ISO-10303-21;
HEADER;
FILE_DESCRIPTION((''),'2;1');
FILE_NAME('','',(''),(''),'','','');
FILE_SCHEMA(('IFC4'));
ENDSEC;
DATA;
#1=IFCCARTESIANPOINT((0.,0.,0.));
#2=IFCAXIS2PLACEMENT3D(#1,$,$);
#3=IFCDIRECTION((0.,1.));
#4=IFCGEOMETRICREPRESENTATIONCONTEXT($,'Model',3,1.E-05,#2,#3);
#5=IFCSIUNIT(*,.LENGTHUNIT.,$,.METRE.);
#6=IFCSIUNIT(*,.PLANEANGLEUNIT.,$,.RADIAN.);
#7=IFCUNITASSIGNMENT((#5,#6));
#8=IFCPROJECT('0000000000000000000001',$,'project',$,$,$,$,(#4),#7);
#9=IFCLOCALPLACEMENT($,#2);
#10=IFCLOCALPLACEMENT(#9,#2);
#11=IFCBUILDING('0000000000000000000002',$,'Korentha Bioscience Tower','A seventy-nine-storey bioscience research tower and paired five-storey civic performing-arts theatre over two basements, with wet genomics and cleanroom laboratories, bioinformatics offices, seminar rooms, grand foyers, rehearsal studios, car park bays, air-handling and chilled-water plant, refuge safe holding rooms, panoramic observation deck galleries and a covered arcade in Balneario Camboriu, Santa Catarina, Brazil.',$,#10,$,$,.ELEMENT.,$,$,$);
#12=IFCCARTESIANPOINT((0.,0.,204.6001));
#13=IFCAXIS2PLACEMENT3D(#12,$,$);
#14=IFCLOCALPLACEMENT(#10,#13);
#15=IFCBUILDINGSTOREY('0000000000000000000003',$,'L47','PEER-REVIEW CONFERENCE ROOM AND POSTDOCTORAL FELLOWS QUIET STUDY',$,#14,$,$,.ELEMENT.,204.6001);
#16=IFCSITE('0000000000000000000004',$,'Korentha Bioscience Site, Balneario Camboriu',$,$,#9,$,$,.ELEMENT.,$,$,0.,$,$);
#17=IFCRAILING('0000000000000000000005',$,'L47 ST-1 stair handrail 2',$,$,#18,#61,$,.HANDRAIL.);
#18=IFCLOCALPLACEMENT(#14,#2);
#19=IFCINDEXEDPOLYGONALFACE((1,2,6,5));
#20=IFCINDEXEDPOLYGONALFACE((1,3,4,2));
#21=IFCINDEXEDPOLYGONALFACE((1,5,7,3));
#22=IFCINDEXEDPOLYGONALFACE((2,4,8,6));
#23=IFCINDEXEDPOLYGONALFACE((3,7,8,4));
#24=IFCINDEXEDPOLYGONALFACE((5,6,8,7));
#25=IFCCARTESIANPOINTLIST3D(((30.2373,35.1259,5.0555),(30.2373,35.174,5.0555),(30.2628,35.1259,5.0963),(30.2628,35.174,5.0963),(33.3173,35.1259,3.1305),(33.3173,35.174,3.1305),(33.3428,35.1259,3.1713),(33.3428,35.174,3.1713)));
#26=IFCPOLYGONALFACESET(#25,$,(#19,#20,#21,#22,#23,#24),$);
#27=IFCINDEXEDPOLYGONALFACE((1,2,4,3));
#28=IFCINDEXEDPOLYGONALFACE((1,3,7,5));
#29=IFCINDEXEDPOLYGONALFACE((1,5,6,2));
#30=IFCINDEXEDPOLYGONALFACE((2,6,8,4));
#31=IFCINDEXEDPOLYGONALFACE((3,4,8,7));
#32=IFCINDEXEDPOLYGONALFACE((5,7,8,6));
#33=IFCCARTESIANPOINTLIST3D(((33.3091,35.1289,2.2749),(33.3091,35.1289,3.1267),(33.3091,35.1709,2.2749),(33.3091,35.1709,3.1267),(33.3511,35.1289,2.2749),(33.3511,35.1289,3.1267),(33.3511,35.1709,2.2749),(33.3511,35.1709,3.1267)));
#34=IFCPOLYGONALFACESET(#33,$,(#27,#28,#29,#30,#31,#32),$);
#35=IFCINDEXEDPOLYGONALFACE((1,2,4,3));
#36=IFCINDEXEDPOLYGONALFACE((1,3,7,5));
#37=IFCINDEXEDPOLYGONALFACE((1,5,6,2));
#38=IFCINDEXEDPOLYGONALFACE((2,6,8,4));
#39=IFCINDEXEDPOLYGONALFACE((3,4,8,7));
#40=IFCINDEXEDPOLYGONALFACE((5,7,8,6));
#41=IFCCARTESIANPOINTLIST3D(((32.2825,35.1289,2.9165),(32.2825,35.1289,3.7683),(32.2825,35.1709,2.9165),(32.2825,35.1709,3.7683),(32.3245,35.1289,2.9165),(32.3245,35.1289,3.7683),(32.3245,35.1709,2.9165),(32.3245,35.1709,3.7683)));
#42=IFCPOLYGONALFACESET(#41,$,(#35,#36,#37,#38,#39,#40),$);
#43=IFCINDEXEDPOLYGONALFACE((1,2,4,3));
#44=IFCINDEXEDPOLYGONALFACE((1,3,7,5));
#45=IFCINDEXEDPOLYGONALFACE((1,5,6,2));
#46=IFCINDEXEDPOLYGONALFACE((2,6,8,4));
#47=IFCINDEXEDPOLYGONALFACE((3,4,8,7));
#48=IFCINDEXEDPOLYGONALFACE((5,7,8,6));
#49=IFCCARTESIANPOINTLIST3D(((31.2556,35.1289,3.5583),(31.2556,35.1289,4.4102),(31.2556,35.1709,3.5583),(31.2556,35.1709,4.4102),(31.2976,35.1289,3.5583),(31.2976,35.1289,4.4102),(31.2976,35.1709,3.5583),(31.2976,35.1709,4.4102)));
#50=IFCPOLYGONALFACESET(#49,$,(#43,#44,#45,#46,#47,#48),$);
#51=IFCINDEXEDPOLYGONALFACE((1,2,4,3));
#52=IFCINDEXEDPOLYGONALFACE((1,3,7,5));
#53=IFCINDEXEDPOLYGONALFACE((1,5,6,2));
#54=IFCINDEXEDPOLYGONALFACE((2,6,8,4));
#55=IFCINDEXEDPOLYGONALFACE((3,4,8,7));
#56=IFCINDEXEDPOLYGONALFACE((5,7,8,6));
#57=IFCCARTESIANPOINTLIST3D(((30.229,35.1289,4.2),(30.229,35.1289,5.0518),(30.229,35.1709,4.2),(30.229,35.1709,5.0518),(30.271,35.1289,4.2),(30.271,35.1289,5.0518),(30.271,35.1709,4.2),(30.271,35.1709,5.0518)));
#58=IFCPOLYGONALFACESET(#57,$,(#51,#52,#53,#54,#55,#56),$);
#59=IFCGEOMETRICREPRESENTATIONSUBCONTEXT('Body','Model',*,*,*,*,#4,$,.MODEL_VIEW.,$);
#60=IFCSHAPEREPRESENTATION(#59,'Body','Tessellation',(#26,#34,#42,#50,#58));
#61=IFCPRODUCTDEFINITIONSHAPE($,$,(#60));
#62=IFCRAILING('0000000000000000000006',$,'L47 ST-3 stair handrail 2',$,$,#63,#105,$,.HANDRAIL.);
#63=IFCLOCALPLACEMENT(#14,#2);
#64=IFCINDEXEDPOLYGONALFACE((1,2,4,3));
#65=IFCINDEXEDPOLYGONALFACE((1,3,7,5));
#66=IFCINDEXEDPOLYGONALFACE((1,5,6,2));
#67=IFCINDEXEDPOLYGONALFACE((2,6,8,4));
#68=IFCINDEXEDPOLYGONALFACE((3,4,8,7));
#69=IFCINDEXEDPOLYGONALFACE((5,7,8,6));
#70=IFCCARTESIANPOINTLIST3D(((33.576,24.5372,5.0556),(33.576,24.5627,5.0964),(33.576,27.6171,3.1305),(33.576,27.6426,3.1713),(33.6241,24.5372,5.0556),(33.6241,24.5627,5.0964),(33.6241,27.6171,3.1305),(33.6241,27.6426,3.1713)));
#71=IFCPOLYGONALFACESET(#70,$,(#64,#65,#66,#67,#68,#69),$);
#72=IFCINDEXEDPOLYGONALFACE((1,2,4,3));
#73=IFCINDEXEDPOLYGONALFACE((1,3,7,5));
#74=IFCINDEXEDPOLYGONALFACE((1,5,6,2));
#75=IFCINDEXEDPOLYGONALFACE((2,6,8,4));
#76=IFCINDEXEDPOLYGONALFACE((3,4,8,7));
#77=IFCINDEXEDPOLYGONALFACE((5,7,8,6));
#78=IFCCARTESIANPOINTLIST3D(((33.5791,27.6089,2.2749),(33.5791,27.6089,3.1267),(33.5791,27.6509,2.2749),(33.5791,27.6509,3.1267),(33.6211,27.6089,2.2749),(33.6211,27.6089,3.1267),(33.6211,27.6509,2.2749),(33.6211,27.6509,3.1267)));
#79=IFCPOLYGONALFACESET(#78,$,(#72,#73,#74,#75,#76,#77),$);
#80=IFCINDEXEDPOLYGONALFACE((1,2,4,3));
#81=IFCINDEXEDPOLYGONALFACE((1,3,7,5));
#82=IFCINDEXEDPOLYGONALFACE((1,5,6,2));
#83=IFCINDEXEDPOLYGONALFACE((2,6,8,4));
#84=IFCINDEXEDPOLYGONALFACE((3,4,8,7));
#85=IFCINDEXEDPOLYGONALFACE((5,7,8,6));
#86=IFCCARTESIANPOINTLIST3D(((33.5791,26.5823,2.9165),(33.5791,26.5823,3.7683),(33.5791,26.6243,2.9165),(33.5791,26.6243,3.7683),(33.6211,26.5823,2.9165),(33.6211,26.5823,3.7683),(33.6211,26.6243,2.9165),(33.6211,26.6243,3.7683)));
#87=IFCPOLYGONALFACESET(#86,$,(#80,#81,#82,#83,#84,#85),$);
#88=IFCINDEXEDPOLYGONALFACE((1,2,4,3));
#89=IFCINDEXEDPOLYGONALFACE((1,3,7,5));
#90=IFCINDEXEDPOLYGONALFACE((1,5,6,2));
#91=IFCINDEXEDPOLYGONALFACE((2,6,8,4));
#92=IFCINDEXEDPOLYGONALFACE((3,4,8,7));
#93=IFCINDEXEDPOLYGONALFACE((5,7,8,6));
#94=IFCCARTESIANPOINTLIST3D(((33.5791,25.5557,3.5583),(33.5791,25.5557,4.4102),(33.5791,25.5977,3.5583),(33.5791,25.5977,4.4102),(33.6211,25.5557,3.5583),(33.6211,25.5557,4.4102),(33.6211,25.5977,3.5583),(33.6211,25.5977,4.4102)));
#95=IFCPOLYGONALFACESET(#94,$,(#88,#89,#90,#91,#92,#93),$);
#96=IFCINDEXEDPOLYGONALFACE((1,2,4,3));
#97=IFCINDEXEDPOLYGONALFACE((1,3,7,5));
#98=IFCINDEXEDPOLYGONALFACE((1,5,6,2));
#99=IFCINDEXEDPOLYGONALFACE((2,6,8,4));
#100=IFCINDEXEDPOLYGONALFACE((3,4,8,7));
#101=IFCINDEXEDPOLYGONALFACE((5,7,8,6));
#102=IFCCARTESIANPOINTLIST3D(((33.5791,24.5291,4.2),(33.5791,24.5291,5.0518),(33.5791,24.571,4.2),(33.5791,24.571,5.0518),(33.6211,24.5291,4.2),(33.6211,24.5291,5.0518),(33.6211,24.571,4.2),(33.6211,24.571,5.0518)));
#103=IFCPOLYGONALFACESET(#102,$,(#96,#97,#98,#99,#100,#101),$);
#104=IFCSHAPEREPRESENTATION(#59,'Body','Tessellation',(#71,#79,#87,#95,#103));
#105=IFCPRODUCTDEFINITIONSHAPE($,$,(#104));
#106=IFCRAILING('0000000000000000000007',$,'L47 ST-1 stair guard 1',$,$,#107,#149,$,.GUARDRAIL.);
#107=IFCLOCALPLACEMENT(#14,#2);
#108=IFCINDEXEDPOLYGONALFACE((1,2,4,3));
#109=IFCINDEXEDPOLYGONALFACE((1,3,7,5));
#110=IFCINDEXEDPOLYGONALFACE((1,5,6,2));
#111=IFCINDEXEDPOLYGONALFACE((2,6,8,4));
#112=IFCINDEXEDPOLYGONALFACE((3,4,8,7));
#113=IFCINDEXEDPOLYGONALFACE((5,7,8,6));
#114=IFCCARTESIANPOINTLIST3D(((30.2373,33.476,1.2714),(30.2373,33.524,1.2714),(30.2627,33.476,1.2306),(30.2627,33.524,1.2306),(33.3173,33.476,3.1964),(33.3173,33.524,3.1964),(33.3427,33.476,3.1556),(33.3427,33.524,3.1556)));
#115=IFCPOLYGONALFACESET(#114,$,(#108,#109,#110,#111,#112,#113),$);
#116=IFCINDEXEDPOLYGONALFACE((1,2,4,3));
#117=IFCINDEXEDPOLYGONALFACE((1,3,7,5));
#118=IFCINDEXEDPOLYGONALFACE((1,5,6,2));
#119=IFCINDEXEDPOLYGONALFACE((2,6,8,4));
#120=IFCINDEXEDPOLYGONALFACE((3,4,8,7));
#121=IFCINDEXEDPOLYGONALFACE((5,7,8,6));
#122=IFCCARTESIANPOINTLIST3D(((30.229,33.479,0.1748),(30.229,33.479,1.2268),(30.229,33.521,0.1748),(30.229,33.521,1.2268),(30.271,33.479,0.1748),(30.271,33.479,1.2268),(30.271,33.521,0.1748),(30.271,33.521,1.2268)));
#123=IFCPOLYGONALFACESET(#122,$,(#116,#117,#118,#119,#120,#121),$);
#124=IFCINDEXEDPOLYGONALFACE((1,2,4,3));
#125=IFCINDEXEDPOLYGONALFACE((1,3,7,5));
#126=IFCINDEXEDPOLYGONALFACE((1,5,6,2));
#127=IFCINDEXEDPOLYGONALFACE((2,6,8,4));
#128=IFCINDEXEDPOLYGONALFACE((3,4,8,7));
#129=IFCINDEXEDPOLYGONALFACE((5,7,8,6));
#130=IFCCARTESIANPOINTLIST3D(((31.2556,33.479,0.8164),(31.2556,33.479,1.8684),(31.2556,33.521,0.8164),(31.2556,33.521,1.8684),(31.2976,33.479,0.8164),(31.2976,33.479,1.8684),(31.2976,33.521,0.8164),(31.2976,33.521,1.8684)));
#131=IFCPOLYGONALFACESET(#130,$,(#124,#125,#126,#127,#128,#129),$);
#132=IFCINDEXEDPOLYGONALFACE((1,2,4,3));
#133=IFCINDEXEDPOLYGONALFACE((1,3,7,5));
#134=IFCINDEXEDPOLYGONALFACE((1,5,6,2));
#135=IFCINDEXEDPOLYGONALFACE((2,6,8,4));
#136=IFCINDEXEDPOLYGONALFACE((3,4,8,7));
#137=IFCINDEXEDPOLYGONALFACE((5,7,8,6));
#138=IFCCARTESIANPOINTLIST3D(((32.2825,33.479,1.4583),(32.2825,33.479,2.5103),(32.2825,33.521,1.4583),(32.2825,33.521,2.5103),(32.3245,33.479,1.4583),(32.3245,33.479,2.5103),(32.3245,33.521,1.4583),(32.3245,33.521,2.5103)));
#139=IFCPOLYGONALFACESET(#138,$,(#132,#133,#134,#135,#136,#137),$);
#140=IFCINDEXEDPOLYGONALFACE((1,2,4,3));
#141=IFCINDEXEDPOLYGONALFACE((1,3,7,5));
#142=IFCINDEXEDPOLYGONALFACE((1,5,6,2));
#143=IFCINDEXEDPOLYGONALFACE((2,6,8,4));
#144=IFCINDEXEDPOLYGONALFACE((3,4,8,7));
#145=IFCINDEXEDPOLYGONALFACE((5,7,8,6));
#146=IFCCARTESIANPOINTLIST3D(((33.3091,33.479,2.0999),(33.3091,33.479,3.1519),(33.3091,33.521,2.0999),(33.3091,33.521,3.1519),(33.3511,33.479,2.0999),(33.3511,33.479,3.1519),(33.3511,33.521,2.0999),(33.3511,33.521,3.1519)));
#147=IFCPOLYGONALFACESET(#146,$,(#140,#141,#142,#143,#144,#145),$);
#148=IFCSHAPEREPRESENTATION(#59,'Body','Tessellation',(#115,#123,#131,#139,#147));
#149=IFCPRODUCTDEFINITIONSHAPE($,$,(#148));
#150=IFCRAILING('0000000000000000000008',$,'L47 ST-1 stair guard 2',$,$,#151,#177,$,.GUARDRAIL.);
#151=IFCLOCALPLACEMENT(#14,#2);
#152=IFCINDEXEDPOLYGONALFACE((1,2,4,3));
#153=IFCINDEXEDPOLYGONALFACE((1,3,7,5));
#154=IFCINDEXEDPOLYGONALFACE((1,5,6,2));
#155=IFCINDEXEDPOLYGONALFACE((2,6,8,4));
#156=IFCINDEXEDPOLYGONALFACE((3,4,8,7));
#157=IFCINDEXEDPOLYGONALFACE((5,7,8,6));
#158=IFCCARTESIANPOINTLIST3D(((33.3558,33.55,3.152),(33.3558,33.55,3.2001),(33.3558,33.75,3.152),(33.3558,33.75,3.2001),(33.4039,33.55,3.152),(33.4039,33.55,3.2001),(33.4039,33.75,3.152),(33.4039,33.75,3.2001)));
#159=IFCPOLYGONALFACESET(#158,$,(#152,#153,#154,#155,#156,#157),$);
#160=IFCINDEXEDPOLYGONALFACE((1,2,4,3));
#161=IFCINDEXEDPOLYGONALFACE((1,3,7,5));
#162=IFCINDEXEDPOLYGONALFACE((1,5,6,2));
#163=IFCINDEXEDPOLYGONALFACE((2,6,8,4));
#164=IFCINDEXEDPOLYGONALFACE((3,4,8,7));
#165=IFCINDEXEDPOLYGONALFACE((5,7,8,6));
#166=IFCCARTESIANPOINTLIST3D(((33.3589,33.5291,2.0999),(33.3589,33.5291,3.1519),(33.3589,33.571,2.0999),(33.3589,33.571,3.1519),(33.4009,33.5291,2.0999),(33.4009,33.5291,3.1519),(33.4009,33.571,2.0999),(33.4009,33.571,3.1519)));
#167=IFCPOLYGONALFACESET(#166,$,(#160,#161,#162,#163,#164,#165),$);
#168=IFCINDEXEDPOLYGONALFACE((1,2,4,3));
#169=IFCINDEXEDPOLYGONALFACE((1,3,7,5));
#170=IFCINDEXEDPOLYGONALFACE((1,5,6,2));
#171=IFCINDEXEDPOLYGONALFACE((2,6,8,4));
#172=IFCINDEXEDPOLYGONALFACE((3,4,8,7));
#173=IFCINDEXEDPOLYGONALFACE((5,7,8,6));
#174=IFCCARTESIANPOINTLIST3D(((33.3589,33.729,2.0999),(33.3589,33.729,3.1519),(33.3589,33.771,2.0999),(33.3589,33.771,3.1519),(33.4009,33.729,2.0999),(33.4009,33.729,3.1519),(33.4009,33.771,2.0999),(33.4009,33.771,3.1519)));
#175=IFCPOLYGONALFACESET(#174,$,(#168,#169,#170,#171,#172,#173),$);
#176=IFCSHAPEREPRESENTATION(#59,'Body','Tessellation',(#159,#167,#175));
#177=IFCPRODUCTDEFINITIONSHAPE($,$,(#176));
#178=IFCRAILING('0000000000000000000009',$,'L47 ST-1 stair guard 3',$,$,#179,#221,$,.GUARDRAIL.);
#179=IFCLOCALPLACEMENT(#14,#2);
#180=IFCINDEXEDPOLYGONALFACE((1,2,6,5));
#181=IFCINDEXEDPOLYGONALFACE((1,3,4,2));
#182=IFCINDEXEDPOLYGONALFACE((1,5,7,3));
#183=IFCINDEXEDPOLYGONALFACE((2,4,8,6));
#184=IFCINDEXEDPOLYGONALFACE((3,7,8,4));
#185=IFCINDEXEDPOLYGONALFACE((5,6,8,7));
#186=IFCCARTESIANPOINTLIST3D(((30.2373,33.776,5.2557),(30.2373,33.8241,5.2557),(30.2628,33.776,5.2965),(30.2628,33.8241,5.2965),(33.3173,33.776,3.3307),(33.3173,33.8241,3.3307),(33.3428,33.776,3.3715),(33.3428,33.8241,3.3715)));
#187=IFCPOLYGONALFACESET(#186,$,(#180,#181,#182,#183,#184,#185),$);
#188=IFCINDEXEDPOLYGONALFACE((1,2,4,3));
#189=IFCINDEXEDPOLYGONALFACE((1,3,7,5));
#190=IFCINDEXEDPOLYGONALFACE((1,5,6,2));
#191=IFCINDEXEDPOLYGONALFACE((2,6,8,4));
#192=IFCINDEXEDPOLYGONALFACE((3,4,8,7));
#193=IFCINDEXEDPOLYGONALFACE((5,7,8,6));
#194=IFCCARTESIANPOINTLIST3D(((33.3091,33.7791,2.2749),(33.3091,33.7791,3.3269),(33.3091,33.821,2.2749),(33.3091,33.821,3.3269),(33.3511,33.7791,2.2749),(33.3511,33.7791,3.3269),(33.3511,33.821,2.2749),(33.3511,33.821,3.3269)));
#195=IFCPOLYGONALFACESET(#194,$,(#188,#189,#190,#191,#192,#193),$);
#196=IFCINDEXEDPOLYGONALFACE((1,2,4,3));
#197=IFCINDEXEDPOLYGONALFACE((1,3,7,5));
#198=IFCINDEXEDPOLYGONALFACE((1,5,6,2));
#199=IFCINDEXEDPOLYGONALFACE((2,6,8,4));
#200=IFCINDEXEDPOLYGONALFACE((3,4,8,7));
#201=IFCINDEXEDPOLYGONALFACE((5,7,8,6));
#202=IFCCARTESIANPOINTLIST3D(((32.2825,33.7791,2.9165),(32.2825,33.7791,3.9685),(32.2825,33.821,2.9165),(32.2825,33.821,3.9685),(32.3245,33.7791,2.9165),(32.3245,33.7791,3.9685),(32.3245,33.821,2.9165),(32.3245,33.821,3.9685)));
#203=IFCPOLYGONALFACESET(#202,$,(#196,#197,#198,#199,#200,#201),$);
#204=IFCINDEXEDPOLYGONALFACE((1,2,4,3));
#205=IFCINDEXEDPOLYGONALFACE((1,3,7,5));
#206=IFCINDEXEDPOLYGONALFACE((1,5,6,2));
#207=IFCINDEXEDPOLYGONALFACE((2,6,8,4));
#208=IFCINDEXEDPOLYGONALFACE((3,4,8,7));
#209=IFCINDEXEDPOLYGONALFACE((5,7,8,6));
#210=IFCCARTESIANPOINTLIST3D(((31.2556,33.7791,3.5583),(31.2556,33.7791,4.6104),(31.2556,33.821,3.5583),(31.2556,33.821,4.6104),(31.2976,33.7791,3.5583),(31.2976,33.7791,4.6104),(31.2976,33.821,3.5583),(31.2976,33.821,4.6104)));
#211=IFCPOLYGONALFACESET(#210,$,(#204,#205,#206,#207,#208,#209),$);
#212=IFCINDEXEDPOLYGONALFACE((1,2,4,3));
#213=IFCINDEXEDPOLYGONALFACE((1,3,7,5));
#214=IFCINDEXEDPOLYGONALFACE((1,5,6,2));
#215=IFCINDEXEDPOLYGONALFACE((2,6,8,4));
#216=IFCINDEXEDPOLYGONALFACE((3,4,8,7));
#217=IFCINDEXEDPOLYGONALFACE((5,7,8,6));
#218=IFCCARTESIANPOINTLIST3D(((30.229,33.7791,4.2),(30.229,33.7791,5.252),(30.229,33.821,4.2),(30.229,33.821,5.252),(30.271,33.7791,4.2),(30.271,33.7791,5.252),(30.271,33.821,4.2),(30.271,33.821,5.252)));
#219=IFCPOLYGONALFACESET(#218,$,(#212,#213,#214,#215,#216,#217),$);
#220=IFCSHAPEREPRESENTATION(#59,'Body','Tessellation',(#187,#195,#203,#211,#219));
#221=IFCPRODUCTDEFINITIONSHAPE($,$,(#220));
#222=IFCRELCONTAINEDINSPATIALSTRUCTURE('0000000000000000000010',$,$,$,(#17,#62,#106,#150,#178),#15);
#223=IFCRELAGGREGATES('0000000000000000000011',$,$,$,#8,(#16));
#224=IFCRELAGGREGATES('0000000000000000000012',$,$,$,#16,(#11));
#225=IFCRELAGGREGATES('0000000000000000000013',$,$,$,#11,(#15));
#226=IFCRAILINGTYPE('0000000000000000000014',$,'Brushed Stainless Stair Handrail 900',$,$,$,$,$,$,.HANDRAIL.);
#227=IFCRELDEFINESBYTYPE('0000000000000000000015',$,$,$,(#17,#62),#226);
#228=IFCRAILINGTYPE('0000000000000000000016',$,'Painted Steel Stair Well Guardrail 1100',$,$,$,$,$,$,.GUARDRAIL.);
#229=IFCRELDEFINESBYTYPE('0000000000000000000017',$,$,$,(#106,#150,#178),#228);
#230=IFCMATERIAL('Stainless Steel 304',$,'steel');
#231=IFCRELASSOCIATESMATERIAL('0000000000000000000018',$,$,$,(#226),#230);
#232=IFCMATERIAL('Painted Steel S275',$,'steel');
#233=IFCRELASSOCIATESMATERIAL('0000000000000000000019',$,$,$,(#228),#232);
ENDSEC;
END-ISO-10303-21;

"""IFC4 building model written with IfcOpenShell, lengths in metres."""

from ifc_helpers import new_model, si_unit, direction, frame, origin, origin_2d, place, context, subcontext, project, spatial, rectangle, extrude, material, type_object, element, save


model = new_model("IFC4")

# Units and contexts
model_context = context("Model", 3, precision=1e-05, world=origin(), true_north=direction((0.0, 1.0)))
body_context = subcontext(model_context, "Body", "Model", "MODEL_VIEW")
ifc_project = project(units=[si_unit("LENGTHUNIT", "METRE"), si_unit("PLANEANGLEUNIT", "RADIAN")], contexts=[model_context])

# Site, building, storey
site_placement = place(None, origin())
site = spatial("IfcSite", under=ifc_project, at=site_placement, Name="Korentha Bioscience Site, Balneario Camboriu", CompositionType="ELEMENT", RefElevation=0.0)
building_placement = place(site_placement, origin())
building = spatial("IfcBuilding", under=site, at=building_placement, Name="Korentha Bioscience Tower", Description="A seventy-nine-storey bioscience research tower and paired five-storey civic performing-arts theatre over two basements, with wet genomics and cleanroom laboratories, bioinformatics offices, seminar rooms, grand foyers, rehearsal studios, car park bays, air-handling and chilled-water plant, refuge safe holding rooms, panoramic observation deck galleries and a covered arcade in Balneario Camboriu, Santa Catarina, Brazil.", CompositionType="ELEMENT")
storey_placement = place(building_placement, frame((0.0, 0.0, 204.6001)))
storey = spatial("IfcBuildingStorey", under=building, at=storey_placement, Name="L47", Description="PEER-REVIEW CONFERENCE ROOM AND POSTDOCTORAL FELLOWS QUIET STUDY", CompositionType="ELEMENT", Elevation=204.6001)

# Railings
ifc_material_1 = material(Name="Stainless Steel 304", Category="steel")
railing_type_1 = type_object("IfcRailingType", Name="Brushed Stainless Stair Handrail 900", PredefinedType="HANDRAIL", material=ifc_material_1)
railing_1_placement = place(storey_placement, frame((33.3301, 35.1499, 2.2749)))
element("IfcRailing", 1, at=railing_1_placement, inside=storey, type_object=railing_type_1, Name="L47 ST-1 stair handrail 2", PredefinedType="HANDRAIL", context=body_context, shape_type="SweptSolid", body=[
    extrude(rectangle(XDim=0.0481, YDim=0.0481, at=origin_2d()), frame((0.0, 0.0, 0.876), z_axis=(-0.847998, 0.0, 0.529999), x_axis=(0.0, -1.0, 0.0)), (0.0, 0.0, 1.0), 3.6321),
    extrude(rectangle(XDim=0.042, YDim=0.042, at=origin_2d()), origin(), (0.0, 0.0, 1.0), 0.8518),
    extrude(rectangle(XDim=0.042, YDim=0.042, at=origin_2d()), frame((-1.0266, 0.0, 0.6416)), (0.0, 0.0, 1.0), 0.8518),
    extrude(rectangle(XDim=0.042, YDim=0.042, at=origin_2d()), frame((-2.0535, 0.0, 1.2834)), (0.0, 0.0, 1.0), 0.8518),
    extrude(rectangle(XDim=0.042, YDim=0.042, at=origin_2d()), frame((-3.0801, 0.0, 1.925)), (0.0, 0.0, 1.0), 0.8518),
])
railing_2_placement = place(storey_placement, frame((33.6001, 27.6299, 2.2749)))
element("IfcRailing", 2, at=railing_2_placement, inside=storey, type_object=railing_type_1, Name="L47 ST-3 stair handrail 2", PredefinedType="HANDRAIL", context=body_context, shape_type="SweptSolid", body=[
    extrude(rectangle(XDim=0.0481, YDim=0.0481, at=origin_2d()), frame((0.0, 0.0, 0.876), z_axis=(0.0, -0.847979, 0.530029), x_axis=(1.0, 0.0, 0.0)), (0.0, 0.0, 1.0), 3.6321),
    extrude(rectangle(XDim=0.042, YDim=0.042, at=origin_2d()), origin(), (0.0, 0.0, 1.0), 0.8518),
    extrude(rectangle(XDim=0.042, YDim=0.042, at=origin_2d()), frame((0.0, -1.0266, 0.6416)), (0.0, 0.0, 1.0), 0.8518),
    extrude(rectangle(XDim=0.042, YDim=0.042, at=origin_2d()), frame((0.0, -2.0532, 1.2834)), (0.0, 0.0, 1.0), 0.8518),
    extrude(rectangle(XDim=0.042, YDim=0.042, at=origin_2d()), frame((0.0, -3.0798, 1.925)), (0.0, 0.0, 1.0), 0.8518),
])
ifc_material_2 = material(Name="Painted Steel S275", Category="steel")
railing_type_2 = type_object("IfcRailingType", Name="Painted Steel Stair Well Guardrail 1100", PredefinedType="GUARDRAIL", material=ifc_material_2)
railing_3_placement = place(storey_placement, frame((30.25, 33.5, 0.1748)))
element("IfcRailing", 3, at=railing_3_placement, inside=storey, type_object=railing_type_2, Name="L47 ST-1 stair guard 1", PredefinedType="GUARDRAIL", context=body_context, shape_type="SweptSolid", body=[
    extrude(rectangle(XDim=0.0481, YDim=0.0481, at=origin_2d()), frame((0.0, 0.0, 1.0762), z_axis=(0.847998, 0.0, 0.529999), x_axis=(0.0, 1.0, 0.0)), (0.0, 0.0, 1.0), 3.6321),
    extrude(rectangle(XDim=0.042, YDim=0.042, at=origin_2d()), origin(), (0.0, 0.0, 1.0), 1.052),
    extrude(rectangle(XDim=0.042, YDim=0.042, at=origin_2d()), frame((1.0266, 0.0, 0.6416)), (0.0, 0.0, 1.0), 1.052),
    extrude(rectangle(XDim=0.042, YDim=0.042, at=origin_2d()), frame((2.0535, 0.0, 1.2834)), (0.0, 0.0, 1.0), 1.052),
    extrude(rectangle(XDim=0.042, YDim=0.042, at=origin_2d()), frame((3.0801, 0.0, 1.925)), (0.0, 0.0, 1.0), 1.052),
])
railing_4_placement = place(storey_placement, frame((33.3799, 33.55, 2.0999)))
element("IfcRailing", 4, at=railing_4_placement, inside=storey, type_object=railing_type_2, Name="L47 ST-1 stair guard 2", PredefinedType="GUARDRAIL", context=body_context, shape_type="SweptSolid", body=[
    extrude(rectangle(XDim=0.0481, YDim=0.0481, at=origin_2d()), frame((0.0, 0.0, 1.0762), z_axis=(0.0, 1.0, 0.0), x_axis=(-1.0, 0.0, 0.0)), (0.0, 0.0, 1.0), 0.2),
    extrude(rectangle(XDim=0.042, YDim=0.042, at=origin_2d()), origin(), (0.0, 0.0, 1.0), 1.052),
    extrude(rectangle(XDim=0.042, YDim=0.042, at=origin_2d()), frame((0.0, 0.2, 0.0)), (0.0, 0.0, 1.0), 1.052),
])
railing_5_placement = place(storey_placement, frame((33.3301, 33.8, 2.2749)))
element("IfcRailing", 5, at=railing_5_placement, inside=storey, type_object=railing_type_2, Name="L47 ST-1 stair guard 3", PredefinedType="GUARDRAIL", context=body_context, shape_type="SweptSolid", body=[
    extrude(rectangle(XDim=0.0481, YDim=0.0481, at=origin_2d()), frame((0.0, 0.0, 1.0762), z_axis=(-0.847998, 0.0, 0.529999), x_axis=(0.0, -1.0, 0.0)), (0.0, 0.0, 1.0), 3.6321),
    extrude(rectangle(XDim=0.042, YDim=0.042, at=origin_2d()), origin(), (0.0, 0.0, 1.0), 1.052),
    extrude(rectangle(XDim=0.042, YDim=0.042, at=origin_2d()), frame((-1.0266, 0.0, 0.6416)), (0.0, 0.0, 1.0), 1.052),
    extrude(rectangle(XDim=0.042, YDim=0.042, at=origin_2d()), frame((-2.0535, 0.0, 1.2834)), (0.0, 0.0, 1.0), 1.052),
    extrude(rectangle(XDim=0.042, YDim=0.042, at=origin_2d()), frame((-3.0801, 0.0, 1.925)), (0.0, 0.0, 1.0), 1.052),
])

save(model, "model.ifc")
